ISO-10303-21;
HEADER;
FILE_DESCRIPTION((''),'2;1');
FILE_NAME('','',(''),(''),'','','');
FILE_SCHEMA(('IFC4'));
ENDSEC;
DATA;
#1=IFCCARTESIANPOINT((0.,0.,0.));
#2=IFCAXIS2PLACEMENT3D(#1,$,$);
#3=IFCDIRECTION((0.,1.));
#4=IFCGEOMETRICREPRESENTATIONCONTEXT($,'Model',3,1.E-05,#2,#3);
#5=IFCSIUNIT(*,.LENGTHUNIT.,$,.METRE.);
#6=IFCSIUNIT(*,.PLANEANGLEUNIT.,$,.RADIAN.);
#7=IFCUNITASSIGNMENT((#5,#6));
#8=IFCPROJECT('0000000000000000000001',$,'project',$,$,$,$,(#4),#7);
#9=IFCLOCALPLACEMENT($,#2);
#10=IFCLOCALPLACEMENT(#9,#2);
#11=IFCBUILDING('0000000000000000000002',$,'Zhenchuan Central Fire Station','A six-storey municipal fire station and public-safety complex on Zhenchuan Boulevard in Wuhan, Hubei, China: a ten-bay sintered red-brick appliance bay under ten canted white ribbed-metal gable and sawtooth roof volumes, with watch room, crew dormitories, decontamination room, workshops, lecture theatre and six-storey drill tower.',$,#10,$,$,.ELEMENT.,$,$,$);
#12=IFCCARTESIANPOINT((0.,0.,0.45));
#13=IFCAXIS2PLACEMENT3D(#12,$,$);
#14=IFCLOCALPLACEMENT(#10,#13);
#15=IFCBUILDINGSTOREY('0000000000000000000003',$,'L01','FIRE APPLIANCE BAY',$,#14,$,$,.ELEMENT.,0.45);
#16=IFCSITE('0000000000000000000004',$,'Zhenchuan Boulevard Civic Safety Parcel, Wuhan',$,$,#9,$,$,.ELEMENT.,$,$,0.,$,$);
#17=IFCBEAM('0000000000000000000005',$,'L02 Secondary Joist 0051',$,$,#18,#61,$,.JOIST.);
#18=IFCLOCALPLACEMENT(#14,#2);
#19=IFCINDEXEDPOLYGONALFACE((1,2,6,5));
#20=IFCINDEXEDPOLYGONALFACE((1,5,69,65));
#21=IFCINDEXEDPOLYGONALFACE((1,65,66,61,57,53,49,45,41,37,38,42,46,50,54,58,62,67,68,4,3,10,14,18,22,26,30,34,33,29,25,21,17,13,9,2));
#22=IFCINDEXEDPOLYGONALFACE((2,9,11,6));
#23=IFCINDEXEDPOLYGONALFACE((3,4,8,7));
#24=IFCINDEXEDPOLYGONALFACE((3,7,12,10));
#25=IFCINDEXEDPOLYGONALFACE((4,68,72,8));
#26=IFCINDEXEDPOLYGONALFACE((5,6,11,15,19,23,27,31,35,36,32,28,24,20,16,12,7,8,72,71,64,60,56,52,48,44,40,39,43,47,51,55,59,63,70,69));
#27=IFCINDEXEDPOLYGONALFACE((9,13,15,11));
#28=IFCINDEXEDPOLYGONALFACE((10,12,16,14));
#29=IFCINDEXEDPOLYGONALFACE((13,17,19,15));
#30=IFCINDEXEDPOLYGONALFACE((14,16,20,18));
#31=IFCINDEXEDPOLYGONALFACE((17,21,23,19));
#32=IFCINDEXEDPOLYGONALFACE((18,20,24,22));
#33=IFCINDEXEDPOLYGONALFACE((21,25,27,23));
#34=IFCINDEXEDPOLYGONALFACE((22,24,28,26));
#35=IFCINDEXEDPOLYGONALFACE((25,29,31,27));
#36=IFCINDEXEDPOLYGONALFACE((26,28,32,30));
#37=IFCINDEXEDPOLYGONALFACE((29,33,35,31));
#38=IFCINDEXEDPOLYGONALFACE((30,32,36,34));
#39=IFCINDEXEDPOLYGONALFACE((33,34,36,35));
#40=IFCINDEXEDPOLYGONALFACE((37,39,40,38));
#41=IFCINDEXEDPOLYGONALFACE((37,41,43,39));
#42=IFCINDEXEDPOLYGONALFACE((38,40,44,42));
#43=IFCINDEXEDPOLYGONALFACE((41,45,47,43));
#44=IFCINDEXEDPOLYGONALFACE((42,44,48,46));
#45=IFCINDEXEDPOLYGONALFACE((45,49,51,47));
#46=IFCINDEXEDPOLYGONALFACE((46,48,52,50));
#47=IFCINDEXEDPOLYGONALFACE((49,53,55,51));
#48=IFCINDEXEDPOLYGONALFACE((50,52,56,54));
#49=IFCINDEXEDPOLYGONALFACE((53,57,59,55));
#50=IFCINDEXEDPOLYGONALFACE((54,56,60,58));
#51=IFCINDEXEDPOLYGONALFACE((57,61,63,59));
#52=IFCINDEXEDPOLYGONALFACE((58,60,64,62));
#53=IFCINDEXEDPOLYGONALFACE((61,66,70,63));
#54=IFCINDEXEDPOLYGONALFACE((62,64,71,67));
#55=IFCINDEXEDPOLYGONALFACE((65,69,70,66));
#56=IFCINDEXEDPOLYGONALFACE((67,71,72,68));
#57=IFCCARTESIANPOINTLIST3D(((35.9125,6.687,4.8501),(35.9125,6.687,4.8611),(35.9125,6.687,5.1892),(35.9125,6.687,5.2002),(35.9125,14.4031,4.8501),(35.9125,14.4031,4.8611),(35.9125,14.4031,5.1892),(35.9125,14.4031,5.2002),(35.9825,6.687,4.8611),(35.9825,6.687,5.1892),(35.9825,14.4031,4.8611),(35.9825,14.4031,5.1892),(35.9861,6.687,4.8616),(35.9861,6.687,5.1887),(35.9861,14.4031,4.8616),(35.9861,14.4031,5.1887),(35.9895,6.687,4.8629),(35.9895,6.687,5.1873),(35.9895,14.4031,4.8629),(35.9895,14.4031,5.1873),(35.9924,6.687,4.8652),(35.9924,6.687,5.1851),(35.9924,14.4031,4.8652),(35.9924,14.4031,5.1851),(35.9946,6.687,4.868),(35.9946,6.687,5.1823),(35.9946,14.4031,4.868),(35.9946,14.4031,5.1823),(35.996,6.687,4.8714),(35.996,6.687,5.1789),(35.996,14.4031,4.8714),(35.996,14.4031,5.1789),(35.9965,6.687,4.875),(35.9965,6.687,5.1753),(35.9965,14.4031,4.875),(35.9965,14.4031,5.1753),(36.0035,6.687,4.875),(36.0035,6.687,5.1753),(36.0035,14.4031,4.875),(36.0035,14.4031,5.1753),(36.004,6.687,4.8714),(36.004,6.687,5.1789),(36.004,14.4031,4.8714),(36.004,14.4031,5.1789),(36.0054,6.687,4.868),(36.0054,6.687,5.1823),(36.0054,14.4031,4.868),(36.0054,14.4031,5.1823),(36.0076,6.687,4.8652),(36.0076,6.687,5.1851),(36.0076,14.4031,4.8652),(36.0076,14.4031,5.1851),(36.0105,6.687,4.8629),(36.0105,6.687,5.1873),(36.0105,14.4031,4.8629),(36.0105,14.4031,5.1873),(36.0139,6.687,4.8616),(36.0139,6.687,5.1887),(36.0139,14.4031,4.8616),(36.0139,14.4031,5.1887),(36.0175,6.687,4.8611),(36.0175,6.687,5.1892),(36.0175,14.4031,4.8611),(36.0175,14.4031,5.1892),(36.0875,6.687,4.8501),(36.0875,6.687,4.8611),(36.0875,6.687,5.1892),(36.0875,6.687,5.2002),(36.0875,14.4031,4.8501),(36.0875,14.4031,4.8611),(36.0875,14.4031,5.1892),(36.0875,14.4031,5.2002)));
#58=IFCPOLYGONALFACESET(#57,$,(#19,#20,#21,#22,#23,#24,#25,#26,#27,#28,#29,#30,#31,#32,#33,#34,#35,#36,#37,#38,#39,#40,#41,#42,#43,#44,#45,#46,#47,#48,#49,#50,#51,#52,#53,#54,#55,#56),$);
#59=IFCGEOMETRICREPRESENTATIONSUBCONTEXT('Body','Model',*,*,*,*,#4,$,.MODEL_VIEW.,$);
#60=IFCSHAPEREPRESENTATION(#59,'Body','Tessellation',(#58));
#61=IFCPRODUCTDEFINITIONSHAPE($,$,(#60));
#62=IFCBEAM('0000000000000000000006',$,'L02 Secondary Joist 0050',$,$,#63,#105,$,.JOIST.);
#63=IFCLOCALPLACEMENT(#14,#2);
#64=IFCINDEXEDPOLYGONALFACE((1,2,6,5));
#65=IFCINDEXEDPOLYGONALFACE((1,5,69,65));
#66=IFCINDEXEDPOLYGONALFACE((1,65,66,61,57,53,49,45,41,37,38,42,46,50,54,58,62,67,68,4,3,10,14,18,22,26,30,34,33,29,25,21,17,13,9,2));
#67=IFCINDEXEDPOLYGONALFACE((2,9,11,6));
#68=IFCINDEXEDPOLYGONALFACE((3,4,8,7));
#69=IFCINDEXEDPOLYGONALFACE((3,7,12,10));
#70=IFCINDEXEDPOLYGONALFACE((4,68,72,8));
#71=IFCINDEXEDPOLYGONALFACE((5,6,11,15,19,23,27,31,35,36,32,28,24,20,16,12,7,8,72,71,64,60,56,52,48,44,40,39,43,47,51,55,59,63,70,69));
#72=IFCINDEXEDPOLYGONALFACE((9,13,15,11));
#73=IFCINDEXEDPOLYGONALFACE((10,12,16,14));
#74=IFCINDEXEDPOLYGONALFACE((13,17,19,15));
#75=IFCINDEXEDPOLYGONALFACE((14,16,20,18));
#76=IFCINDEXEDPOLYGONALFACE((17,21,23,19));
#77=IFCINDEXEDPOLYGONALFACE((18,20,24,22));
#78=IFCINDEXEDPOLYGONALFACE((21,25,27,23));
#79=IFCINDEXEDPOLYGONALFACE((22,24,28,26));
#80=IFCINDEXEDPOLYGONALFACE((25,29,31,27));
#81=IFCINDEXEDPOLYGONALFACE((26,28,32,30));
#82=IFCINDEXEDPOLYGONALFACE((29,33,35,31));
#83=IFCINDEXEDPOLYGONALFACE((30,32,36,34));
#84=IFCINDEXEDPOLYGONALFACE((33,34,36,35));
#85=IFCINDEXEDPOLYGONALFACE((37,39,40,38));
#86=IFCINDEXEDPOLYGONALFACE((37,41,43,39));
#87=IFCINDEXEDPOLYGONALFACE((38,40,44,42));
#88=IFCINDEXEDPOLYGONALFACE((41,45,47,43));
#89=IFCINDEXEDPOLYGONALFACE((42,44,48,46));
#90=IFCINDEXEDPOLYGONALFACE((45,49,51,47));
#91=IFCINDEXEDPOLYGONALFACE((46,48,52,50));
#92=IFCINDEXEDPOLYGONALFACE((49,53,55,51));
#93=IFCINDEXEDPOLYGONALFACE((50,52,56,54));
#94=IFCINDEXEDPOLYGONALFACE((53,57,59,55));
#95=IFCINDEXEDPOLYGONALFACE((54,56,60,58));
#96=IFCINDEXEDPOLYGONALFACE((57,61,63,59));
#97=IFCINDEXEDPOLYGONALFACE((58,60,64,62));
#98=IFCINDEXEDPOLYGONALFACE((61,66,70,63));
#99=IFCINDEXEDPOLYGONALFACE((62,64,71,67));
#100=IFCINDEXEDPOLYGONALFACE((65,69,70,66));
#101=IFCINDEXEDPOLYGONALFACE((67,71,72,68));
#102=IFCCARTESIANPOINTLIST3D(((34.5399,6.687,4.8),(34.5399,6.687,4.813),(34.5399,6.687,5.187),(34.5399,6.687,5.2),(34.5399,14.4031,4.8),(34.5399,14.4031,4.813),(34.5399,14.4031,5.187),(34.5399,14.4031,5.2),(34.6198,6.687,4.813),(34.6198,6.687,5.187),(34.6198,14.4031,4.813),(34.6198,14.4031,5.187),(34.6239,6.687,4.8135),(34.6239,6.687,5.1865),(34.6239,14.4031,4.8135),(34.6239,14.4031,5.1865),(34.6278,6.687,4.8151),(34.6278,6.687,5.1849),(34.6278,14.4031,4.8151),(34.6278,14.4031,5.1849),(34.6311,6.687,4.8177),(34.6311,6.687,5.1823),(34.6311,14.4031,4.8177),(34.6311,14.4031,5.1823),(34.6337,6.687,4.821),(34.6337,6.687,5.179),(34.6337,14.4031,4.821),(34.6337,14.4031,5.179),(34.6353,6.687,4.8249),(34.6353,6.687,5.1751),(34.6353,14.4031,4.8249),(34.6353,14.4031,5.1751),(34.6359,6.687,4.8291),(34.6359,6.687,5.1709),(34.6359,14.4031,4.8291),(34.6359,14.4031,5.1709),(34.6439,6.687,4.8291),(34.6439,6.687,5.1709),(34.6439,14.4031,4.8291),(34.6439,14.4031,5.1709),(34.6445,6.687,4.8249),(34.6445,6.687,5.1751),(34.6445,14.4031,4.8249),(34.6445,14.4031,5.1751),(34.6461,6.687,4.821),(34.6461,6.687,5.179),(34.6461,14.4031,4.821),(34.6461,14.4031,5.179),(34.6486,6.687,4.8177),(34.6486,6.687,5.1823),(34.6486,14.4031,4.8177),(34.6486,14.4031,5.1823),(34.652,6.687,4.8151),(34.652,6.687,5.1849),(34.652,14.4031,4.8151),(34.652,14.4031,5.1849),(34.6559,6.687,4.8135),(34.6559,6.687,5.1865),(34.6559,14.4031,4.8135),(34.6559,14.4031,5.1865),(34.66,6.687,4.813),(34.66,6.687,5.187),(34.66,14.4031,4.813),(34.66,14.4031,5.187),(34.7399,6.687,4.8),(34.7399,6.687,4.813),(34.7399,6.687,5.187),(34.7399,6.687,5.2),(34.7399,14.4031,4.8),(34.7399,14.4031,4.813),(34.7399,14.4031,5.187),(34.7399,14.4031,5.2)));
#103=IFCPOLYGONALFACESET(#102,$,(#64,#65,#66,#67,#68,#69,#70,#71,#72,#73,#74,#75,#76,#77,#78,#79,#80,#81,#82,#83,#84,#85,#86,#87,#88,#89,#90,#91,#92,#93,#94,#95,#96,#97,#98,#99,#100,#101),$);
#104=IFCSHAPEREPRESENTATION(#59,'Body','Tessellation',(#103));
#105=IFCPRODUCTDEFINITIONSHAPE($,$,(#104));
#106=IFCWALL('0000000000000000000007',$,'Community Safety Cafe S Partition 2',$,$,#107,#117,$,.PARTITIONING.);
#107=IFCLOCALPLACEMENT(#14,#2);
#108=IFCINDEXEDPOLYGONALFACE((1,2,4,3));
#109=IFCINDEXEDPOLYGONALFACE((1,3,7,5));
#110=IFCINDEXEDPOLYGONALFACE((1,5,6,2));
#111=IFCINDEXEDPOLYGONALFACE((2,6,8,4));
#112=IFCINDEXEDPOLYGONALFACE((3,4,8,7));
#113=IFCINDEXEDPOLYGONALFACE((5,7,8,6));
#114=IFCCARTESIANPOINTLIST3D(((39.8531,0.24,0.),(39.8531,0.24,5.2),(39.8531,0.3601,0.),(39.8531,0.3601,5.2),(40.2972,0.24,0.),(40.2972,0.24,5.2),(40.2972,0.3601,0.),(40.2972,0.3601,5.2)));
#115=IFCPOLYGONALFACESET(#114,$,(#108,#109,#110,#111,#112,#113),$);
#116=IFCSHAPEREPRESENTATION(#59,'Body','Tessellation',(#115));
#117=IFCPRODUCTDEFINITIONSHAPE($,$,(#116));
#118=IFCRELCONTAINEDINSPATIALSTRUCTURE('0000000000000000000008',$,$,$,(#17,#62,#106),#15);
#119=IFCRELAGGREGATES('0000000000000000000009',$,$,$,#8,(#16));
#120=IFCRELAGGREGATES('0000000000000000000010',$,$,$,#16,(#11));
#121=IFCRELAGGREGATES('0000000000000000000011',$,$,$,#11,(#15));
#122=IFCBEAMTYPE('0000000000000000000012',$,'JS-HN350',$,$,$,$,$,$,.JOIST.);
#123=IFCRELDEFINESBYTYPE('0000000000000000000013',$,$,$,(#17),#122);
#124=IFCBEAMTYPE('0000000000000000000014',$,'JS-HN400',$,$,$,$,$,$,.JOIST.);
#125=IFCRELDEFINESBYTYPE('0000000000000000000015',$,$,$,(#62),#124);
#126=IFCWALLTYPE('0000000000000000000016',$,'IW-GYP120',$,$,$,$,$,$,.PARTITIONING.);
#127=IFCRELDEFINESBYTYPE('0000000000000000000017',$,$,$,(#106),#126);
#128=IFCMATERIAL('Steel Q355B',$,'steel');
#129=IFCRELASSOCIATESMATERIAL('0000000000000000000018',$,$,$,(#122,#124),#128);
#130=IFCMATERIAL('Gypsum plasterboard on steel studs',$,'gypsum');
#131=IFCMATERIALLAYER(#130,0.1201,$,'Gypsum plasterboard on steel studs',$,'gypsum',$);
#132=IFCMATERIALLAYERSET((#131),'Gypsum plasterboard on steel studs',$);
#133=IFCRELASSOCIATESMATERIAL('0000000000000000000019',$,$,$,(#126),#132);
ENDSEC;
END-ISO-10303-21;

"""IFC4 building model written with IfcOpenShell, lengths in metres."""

from ifc_helpers import new_model, si_unit, direction, frame, frame_2d, origin, origin_2d, place, context, subcontext, project, spatial, rectangle, i_section, extrude, material, layer, layer_set, material_profile, profile_set, type_object, element, save


model = new_model("IFC4")

# Units and contexts
model_context = context("Model", 3, precision=1e-05, world=origin(), true_north=direction((0.0, 1.0)))
body_context = subcontext(model_context, "Body", "Model", "MODEL_VIEW")
ifc_project = project(units=[si_unit("LENGTHUNIT", "METRE"), si_unit("PLANEANGLEUNIT", "RADIAN")], contexts=[model_context])

# Site, building, storey
site_placement = place(None, origin())
site = spatial("IfcSite", under=ifc_project, at=site_placement, Name="Zhenchuan Boulevard Civic Safety Parcel, Wuhan", CompositionType="ELEMENT", RefElevation=0.0)
building_placement = place(site_placement, origin())
building = spatial("IfcBuilding", under=site, at=building_placement, Name="Zhenchuan Central Fire Station", Description="A six-storey municipal fire station and public-safety complex on Zhenchuan Boulevard in Wuhan, Hubei, China: a ten-bay sintered red-brick appliance bay under ten canted white ribbed-metal gable and sawtooth roof volumes, with watch room, crew dormitories, decontamination room, workshops, lecture theatre and six-storey drill tower.", CompositionType="ELEMENT")
storey_placement = place(building_placement, frame((0.0, 0.0, 0.45)))
storey = spatial("IfcBuildingStorey", under=building, at=storey_placement, Name="L01", Description="FIRE APPLIANCE BAY", CompositionType="ELEMENT", Elevation=0.45)

# Shared definitions
ifc_material_1 = material(Name="Steel Q355B", Category="steel")

# Beams
ifc_material_profile_1 = material_profile(ifc_material_1, i_section(OverallWidth=0.175, OverallDepth=0.3501, WebThickness=0.0071, FlangeThickness=0.011, FilletRadius=0.0139, at=origin_2d()), Name="HN 350x175")
ifc_profile_set_1 = profile_set([ifc_material_profile_1], Name="Steel Q355B")
beam_type_1 = type_object("IfcBeamType", Name="JS-HN350", PredefinedType="JOIST", material=ifc_profile_set_1)
beam_1_placement = place(storey_placement, frame((36.0, 6.687, 5.0251), z_axis=(0.0, 1.0, 0.0), x_axis=(-1.0, 0.0, 0.0)))
element("IfcBeam", 1, at=beam_1_placement, inside=storey, type_object=beam_type_1, Name="L02 Secondary Joist 0051", PredefinedType="JOIST", context=body_context, shape_type="SweptSolid", body=[
    extrude(i_section(OverallWidth=0.175, OverallDepth=0.3501, WebThickness=0.0071, FlangeThickness=0.011, FilletRadius=0.0139, at=origin_2d()), origin(), (0.0, 0.0, 1.0), 7.7161),
])
ifc_material_profile_2 = material_profile(ifc_material_1, i_section(OverallWidth=0.2, OverallDepth=0.3999, WebThickness=0.0081, FlangeThickness=0.0129, FilletRadius=0.0161, at=origin_2d()), Name="HN 400x200")
ifc_profile_set_2 = profile_set([ifc_material_profile_2], Name="Steel Q355B")
beam_type_2 = type_object("IfcBeamType", Name="JS-HN400", PredefinedType="JOIST", material=ifc_profile_set_2)
beam_2_placement = place(storey_placement, frame((34.6399, 6.687, 5.0), z_axis=(0.0, 1.0, 0.0), x_axis=(-1.0, 0.0, 0.0)))
element("IfcBeam", 2, at=beam_2_placement, inside=storey, type_object=beam_type_2, Name="L02 Secondary Joist 0050", PredefinedType="JOIST", context=body_context, shape_type="SweptSolid", body=[
    extrude(i_section(OverallWidth=0.2, OverallDepth=0.3999, WebThickness=0.0081, FlangeThickness=0.0129, FilletRadius=0.0161, at=origin_2d()), origin(), (0.0, 0.0, 1.0), 7.7161),
])

# Wall
ifc_material_2 = material(Name="Gypsum plasterboard on steel studs", Category="gypsum")
ifc_layer = layer(ifc_material_2, 0.1201, Name="Gypsum plasterboard on steel studs", Category="gypsum")
ifc_layer_set = layer_set([ifc_layer], Name="Gypsum plasterboard on steel studs")
wall_type = type_object("IfcWallType", Name="IW-GYP120", PredefinedType="PARTITIONING", material=ifc_layer_set)
wall_placement = place(storey_placement, frame((39.853, 0.3, 0.0), z_axis=(0.0, 0.0, 1.0), x_axis=(1.0, 0.0, 0.0)))
element("IfcWall", 3, at=wall_placement, inside=storey, type_object=wall_type, Name="Community Safety Cafe S Partition 2", PredefinedType="PARTITIONING", context=body_context, shape_type="SweptSolid", body=[
    extrude(rectangle(XDim=0.4441, YDim=0.1201, at=frame_2d((0.2222, 0.0))), origin(), (0.0, 0.0, 1.0), 5.2),
])

save(model, "model.ifc")
